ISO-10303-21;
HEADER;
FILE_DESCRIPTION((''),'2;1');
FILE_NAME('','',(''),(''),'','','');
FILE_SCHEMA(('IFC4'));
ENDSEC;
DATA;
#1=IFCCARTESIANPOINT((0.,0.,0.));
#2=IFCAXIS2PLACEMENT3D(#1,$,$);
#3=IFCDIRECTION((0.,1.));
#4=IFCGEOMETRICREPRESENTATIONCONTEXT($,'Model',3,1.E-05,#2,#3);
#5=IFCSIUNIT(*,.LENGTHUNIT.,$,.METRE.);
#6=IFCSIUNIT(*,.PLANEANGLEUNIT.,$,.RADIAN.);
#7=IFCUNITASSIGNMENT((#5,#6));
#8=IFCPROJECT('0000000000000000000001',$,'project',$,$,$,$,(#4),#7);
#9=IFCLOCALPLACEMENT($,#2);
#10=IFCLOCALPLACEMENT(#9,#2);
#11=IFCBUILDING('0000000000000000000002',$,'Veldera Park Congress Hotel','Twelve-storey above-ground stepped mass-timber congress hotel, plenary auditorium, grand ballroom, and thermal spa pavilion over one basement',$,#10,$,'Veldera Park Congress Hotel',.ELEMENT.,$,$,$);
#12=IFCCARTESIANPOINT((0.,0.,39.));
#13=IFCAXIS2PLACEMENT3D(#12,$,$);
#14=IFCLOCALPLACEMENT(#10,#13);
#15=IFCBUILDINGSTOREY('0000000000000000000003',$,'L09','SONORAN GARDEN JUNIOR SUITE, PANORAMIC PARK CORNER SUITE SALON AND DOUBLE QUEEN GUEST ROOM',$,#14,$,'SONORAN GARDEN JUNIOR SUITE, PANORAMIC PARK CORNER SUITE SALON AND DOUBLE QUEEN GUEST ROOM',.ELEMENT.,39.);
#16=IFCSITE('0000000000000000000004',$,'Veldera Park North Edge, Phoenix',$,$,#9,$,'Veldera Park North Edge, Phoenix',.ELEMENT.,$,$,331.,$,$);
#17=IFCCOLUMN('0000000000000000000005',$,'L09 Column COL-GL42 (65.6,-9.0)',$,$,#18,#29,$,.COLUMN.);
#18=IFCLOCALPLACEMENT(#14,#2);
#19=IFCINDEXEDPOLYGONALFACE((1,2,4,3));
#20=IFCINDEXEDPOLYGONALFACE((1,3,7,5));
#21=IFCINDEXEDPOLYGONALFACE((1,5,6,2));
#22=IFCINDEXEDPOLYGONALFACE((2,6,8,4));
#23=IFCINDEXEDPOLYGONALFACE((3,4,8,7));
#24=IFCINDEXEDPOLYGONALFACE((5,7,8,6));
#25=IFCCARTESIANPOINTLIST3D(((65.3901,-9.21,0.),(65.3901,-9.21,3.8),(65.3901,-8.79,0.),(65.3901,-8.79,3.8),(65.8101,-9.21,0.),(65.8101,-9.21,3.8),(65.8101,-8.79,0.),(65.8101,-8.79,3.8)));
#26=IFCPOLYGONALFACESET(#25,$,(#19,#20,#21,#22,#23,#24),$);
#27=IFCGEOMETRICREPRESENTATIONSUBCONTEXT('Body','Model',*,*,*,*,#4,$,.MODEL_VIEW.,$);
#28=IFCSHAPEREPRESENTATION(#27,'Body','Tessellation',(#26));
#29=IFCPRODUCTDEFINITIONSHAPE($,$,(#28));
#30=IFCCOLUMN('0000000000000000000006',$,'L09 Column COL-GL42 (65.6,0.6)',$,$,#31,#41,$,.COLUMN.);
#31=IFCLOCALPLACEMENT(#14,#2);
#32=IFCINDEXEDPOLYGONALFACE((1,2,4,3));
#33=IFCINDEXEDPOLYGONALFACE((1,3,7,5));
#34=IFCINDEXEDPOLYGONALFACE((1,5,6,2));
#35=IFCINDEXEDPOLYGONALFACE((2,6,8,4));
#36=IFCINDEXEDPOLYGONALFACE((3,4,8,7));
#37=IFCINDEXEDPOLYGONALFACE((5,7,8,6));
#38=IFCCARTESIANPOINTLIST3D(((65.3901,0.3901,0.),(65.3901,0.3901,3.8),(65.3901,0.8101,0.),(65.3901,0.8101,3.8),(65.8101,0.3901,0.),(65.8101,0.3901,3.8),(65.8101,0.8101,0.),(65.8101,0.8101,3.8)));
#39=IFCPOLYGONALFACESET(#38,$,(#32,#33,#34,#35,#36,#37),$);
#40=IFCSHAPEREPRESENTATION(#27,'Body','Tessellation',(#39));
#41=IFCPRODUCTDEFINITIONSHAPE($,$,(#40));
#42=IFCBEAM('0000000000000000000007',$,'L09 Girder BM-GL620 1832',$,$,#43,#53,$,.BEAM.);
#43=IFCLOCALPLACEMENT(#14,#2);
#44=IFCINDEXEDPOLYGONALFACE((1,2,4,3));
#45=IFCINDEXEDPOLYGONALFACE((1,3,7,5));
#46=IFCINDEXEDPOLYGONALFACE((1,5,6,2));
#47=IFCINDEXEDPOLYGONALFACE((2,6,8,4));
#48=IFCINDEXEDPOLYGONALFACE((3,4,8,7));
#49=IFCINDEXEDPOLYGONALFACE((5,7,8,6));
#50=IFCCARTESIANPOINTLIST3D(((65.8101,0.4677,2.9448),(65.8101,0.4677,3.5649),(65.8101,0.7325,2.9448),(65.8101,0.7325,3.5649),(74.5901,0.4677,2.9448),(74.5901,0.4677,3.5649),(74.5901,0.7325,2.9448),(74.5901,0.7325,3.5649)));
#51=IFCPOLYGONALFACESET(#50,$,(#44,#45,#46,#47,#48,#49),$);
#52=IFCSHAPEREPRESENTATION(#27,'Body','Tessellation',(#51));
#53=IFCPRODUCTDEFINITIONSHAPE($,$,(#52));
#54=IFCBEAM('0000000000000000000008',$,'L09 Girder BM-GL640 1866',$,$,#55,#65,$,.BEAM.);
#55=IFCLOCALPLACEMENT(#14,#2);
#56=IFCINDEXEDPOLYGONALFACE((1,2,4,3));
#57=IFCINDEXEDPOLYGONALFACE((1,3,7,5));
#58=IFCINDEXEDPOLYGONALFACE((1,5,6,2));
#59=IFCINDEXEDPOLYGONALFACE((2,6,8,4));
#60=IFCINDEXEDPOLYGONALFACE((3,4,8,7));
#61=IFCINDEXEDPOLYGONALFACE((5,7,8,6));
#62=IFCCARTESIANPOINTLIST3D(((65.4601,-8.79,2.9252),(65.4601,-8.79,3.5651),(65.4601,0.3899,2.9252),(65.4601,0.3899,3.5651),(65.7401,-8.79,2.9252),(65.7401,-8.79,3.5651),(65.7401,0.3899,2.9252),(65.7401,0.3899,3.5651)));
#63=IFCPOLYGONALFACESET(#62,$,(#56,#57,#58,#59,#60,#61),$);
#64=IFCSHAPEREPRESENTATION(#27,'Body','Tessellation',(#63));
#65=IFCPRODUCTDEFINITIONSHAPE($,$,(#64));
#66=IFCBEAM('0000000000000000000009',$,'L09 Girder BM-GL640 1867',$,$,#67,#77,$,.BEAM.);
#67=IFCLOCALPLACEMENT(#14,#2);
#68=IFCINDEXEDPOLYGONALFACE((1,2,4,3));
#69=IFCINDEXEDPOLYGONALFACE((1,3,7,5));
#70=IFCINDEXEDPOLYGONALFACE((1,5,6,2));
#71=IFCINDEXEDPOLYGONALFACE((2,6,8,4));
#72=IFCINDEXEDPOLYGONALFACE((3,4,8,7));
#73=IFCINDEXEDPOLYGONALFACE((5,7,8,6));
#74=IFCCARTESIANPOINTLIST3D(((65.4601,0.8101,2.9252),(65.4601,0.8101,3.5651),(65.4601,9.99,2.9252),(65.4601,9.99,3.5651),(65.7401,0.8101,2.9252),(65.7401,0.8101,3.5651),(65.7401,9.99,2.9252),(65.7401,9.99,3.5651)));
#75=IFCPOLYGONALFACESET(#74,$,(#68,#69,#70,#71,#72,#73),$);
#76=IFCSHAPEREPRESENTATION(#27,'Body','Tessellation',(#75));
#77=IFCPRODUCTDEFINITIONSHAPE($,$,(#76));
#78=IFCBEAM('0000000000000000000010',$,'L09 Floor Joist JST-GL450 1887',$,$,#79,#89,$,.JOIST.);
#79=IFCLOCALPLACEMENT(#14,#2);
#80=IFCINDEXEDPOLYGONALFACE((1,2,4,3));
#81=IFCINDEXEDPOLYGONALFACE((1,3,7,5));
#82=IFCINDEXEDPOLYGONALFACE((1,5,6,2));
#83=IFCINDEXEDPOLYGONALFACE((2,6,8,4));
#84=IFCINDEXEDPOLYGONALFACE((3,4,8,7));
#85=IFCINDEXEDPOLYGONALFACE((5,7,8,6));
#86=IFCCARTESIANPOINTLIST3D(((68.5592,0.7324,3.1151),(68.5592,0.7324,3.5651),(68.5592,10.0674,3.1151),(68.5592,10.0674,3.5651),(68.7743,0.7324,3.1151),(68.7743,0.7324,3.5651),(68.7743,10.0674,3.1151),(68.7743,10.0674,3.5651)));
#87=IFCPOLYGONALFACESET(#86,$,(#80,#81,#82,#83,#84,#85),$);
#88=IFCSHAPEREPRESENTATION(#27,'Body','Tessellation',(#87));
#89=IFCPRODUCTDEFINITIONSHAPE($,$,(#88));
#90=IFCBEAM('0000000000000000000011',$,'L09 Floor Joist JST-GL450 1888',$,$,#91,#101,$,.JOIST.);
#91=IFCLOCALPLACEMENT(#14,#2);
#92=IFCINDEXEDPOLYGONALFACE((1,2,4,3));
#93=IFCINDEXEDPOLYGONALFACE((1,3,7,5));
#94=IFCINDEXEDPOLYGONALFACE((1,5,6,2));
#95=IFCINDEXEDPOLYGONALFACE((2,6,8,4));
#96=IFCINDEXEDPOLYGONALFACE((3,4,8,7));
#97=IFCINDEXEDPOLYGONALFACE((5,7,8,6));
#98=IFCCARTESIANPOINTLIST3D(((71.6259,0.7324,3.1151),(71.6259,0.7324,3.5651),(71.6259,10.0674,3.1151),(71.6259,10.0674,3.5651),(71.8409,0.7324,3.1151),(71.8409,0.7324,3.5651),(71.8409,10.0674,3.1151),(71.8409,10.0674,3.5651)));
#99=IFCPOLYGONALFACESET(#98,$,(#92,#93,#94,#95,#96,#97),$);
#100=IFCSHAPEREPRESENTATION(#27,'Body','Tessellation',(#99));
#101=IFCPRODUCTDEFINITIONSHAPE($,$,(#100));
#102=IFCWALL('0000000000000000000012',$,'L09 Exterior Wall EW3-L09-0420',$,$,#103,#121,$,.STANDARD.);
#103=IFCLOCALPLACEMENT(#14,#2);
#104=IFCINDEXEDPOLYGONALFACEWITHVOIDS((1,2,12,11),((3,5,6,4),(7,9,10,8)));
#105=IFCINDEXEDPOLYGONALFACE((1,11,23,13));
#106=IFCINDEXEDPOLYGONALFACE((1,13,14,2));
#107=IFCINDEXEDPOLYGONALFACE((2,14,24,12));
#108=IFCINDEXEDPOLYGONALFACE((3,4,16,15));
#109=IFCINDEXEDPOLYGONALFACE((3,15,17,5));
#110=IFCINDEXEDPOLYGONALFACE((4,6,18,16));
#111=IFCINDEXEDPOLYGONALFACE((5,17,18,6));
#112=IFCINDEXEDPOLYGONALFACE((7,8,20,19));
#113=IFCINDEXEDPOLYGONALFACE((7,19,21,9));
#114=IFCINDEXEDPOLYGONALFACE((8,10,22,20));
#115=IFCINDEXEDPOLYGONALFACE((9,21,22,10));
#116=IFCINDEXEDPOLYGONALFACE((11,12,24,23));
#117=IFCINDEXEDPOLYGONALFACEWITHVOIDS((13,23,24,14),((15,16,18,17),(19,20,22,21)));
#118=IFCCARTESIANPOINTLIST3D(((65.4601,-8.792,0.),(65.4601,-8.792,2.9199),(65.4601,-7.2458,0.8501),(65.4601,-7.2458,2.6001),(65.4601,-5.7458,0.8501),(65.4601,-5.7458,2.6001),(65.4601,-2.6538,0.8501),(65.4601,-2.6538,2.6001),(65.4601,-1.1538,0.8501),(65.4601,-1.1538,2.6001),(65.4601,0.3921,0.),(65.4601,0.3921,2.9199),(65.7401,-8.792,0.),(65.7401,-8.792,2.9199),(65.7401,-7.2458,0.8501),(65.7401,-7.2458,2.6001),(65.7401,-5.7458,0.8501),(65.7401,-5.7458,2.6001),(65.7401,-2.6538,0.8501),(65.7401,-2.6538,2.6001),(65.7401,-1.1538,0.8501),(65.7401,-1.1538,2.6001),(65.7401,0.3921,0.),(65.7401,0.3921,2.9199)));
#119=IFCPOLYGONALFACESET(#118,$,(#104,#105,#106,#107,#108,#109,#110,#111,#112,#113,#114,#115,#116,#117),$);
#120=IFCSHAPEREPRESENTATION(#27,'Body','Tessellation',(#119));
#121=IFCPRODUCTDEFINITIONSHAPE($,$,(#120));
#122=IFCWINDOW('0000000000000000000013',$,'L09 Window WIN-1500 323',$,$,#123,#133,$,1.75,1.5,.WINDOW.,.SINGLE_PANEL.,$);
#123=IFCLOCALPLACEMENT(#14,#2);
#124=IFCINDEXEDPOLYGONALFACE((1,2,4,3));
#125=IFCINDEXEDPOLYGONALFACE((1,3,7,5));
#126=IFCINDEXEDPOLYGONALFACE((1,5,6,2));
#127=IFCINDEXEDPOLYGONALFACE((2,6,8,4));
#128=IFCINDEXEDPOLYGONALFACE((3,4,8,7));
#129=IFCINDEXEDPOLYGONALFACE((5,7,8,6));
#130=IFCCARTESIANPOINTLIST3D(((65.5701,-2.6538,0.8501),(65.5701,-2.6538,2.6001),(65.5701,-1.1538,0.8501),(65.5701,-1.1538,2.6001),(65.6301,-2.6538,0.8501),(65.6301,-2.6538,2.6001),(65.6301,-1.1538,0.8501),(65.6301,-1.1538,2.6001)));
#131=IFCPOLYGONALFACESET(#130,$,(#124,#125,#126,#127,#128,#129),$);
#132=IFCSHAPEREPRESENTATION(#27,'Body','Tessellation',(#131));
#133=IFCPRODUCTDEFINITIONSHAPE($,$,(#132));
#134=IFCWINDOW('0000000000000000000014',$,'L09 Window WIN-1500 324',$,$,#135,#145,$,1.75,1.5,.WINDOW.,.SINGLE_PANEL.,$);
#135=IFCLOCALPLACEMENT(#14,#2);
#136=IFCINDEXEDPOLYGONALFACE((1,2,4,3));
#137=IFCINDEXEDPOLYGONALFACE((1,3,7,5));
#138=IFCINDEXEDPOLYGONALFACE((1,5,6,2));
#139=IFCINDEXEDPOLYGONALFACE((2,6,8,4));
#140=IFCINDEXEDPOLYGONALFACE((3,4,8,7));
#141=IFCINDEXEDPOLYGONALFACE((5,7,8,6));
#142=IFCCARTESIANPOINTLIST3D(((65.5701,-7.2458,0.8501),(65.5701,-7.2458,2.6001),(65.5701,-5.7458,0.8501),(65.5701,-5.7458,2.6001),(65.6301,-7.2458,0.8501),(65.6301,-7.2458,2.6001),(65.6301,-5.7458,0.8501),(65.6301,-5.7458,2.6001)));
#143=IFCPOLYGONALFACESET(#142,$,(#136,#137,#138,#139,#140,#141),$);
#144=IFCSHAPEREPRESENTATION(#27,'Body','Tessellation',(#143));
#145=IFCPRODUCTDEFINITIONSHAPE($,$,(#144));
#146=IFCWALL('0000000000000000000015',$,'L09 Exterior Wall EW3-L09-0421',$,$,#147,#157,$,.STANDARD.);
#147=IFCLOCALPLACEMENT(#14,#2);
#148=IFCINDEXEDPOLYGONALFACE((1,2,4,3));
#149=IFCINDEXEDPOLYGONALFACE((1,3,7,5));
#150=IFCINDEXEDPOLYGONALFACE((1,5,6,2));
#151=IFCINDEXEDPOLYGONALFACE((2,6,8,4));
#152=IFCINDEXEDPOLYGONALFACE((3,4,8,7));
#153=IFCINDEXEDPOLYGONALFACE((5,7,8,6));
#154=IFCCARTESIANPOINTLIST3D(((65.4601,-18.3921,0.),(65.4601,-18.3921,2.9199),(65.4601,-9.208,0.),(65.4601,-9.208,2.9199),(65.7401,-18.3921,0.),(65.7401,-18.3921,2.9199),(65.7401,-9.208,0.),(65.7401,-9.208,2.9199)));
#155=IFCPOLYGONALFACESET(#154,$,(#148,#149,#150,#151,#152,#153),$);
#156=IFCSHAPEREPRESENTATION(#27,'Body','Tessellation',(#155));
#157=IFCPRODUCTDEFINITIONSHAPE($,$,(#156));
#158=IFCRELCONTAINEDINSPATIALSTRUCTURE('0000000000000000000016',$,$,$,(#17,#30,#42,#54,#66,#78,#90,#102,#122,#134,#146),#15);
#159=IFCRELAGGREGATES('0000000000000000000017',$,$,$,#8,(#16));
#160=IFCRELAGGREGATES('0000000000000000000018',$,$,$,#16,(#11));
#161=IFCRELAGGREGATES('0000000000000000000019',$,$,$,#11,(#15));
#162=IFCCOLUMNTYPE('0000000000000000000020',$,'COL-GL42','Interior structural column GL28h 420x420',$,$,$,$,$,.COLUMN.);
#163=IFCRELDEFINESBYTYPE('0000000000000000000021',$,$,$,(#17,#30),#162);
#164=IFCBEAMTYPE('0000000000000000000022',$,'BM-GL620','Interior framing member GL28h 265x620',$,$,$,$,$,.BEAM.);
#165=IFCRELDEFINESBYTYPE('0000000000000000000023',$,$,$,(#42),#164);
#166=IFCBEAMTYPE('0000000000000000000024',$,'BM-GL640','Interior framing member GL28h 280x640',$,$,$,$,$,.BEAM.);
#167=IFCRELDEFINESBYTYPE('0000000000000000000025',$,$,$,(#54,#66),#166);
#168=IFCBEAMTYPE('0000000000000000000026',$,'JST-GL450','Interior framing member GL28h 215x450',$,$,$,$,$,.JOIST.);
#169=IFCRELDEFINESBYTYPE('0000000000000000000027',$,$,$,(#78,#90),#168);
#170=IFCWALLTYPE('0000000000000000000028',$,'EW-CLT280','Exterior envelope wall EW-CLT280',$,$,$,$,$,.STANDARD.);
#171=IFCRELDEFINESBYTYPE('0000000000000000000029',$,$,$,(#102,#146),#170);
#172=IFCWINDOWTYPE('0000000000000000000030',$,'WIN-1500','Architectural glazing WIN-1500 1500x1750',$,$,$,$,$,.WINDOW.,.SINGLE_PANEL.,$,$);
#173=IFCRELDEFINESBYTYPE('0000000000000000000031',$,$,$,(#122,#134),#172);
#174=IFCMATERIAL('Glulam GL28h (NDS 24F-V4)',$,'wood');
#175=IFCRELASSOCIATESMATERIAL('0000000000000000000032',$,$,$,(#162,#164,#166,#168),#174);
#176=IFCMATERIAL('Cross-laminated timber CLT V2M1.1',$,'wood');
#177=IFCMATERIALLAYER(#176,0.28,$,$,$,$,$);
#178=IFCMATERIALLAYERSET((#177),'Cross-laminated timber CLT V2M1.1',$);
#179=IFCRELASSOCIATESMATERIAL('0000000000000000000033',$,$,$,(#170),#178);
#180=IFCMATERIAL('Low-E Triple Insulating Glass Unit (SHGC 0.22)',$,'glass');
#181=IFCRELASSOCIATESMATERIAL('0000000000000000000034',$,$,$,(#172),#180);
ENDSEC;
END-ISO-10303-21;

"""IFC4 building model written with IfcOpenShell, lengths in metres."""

from ifc_helpers import new_model, si_unit, direction, frame, frame_2d, origin, origin_2d, place, context, subcontext, project, spatial, rectangle, extrude, material, layer, layer_set, material_profile, profile_set, type_object, element, fill, save


model = new_model("IFC4")

# Units and contexts
model_context = context("Model", 3, precision=1e-05, world=origin(), true_north=direction((0.0, 1.0)))
body_context = subcontext(model_context, "Body", "Model", "MODEL_VIEW")
ifc_project = project(units=[si_unit("LENGTHUNIT", "METRE"), si_unit("PLANEANGLEUNIT", "RADIAN")], contexts=[model_context])

# Site, building, storey
site_placement = place(None, origin())
site = spatial("IfcSite", under=ifc_project, at=site_placement, Name="Veldera Park North Edge, Phoenix", LongName="Veldera Park North Edge, Phoenix", CompositionType="ELEMENT", RefElevation=331.0)
building_placement = place(site_placement, origin())
building = spatial("IfcBuilding", under=site, at=building_placement, Name="Veldera Park Congress Hotel", Description="Twelve-storey above-ground stepped mass-timber congress hotel, plenary auditorium, grand ballroom, and thermal spa pavilion over one basement", LongName="Veldera Park Congress Hotel", CompositionType="ELEMENT")
storey_placement = place(building_placement, frame((0.0, 0.0, 39.0)))
storey = spatial("IfcBuildingStorey", under=building, at=storey_placement, Name="L09", Description="SONORAN GARDEN JUNIOR SUITE, PANORAMIC PARK CORNER SUITE SALON AND DOUBLE QUEEN GUEST ROOM", LongName="SONORAN GARDEN JUNIOR SUITE, PANORAMIC PARK CORNER SUITE SALON AND DOUBLE QUEEN GUEST ROOM", CompositionType="ELEMENT", Elevation=39.0)

# Columns
ifc_material_1 = material(Name="Glulam GL28h (NDS 24F-V4)", Category="wood")
ifc_material_profile_1 = material_profile(ifc_material_1, rectangle(XDim=0.4199, YDim=0.4199, at=origin_2d()), Name="GL28h 420x420")
ifc_profile_set_1 = profile_set([ifc_material_profile_1], Name="Glulam GL28h (NDS 24F-V4)")
column_type = type_object("IfcColumnType", Name="COL-GL42", Description="Interior structural column GL28h 420x420", PredefinedType="COLUMN", material=ifc_profile_set_1)
for number, where, z_axis, x_axis, name in (
    (1, (65.6001, -9.0, 0.0), (0.0, 0.0, 1.0), (1.0, 0.0, 0.0), "L09 Column COL-GL42 (65.6,-9.0)"),
    (2, (65.6001, 0.6001, 0.0), (0.0, 0.0, 1.0), (1.0, 0.0, 0.0), "L09 Column COL-GL42 (65.6,0.6)"),
):
    element("IfcColumn", number, at=place(storey_placement, frame(where, z_axis=z_axis, x_axis=x_axis)), inside=storey, type_object=column_type, Name=name, PredefinedType="COLUMN", context=body_context, shape_type="SweptSolid", body=[
        extrude(rectangle(XDim=0.4199, YDim=0.4199, at=origin_2d()), origin(), (0.0, 0.0, 1.0), 3.8),
    ])

# Beams
ifc_material_profile_2 = material_profile(ifc_material_1, rectangle(XDim=0.2649, YDim=0.6201, at=origin_2d()), Name="GL28h 265x620")
ifc_profile_set_2 = profile_set([ifc_material_profile_2], Name="Glulam GL28h (NDS 24F-V4)")
beam_type_1 = type_object("IfcBeamType", Name="BM-GL620", Description="Interior framing member GL28h 265x620", PredefinedType="BEAM", material=ifc_profile_set_2)
beam_placement = place(storey_placement, frame((65.8101, 0.6001, 3.2549), z_axis=(1.0, 0.0, 0.0), x_axis=(0.0, 1.0, 0.0)))
element("IfcBeam", 3, at=beam_placement, inside=storey, type_object=beam_type_1, Name="L09 Girder BM-GL620 1832", PredefinedType="BEAM", context=body_context, shape_type="SweptSolid", body=[
    extrude(rectangle(XDim=0.2649, YDim=0.6201, at=origin_2d()), origin(), (0.0, 0.0, 1.0), 8.78),
])
ifc_material_profile_3 = material_profile(ifc_material_1, rectangle(XDim=0.28, YDim=0.6399, at=origin_2d()), Name="GL28h 280x640")
ifc_profile_set_3 = profile_set([ifc_material_profile_3], Name="Glulam GL28h (NDS 24F-V4)")
beam_type_2 = type_object("IfcBeamType", Name="BM-GL640", Description="Interior framing member GL28h 280x640", PredefinedType="BEAM", material=ifc_profile_set_3)
for number, where, z_axis, x_axis, name in (
    (4, (65.6001, -8.79, 3.2451), (0.0, 1.0, 0.0), (-1.0, 0.0, 0.0), "L09 Girder BM-GL640 1866"),
    (5, (65.6001, 0.8101, 3.2451), (0.0, 1.0, 0.0), (-1.0, 0.0, 0.0), "L09 Girder BM-GL640 1867"),
):
    element("IfcBeam", number, at=place(storey_placement, frame(where, z_axis=z_axis, x_axis=x_axis)), inside=storey, type_object=beam_type_2, Name=name, PredefinedType="BEAM", context=body_context, shape_type="SweptSolid", body=[
        extrude(rectangle(XDim=0.28, YDim=0.6399, at=origin_2d()), origin(), (0.0, 0.0, 1.0), 9.1799),
    ])
ifc_material_profile_4 = material_profile(ifc_material_1, rectangle(XDim=0.2151, YDim=0.45, at=origin_2d()), Name="GL28h 215x450")
ifc_profile_set_4 = profile_set([ifc_material_profile_4], Name="Glulam GL28h (NDS 24F-V4)")
beam_type_3 = type_object("IfcBeamType", Name="JST-GL450", Description="Interior framing member GL28h 215x450", PredefinedType="JOIST", material=ifc_profile_set_4)
for number, where, z_axis, x_axis, name in (
    (6, (68.6667, 0.7324, 3.3401), (0.0, 1.0, 0.0), (-1.0, 0.0, 0.0), "L09 Floor Joist JST-GL450 1887"),
    (7, (71.7334, 0.7324, 3.3401), (0.0, 1.0, 0.0), (-1.0, 0.0, 0.0), "L09 Floor Joist JST-GL450 1888"),
):
    element("IfcBeam", number, at=place(storey_placement, frame(where, z_axis=z_axis, x_axis=x_axis)), inside=storey, type_object=beam_type_3, Name=name, PredefinedType="JOIST", context=body_context, shape_type="SweptSolid", body=[
        extrude(rectangle(XDim=0.2151, YDim=0.45, at=origin_2d()), origin(), (0.0, 0.0, 1.0), 9.335),
    ])

# Wall, openings, windows
ifc_material_2 = material(Name="Cross-laminated timber CLT V2M1.1", Category="wood")
ifc_layer_1 = layer(ifc_material_2, 0.28)
ifc_layer_set_1 = layer_set([ifc_layer_1], Name="Cross-laminated timber CLT V2M1.1")
wall_type_1 = type_object("IfcWallType", Name="EW-CLT280", Description="Exterior envelope wall EW-CLT280", PredefinedType="STANDARD", material=ifc_layer_set_1)
wall_1_placement = place(storey_placement, frame((65.6001, 0.3921, 0.0), z_axis=(0.0, 0.0, 1.0), x_axis=(0.0, -1.0, 0.0)))
wall_1 = element("IfcWall", 8, at=wall_1_placement, inside=storey, type_object=wall_type_1, Name="L09 Exterior Wall EW3-L09-0420", PredefinedType="STANDARD", context=body_context, shape_type="SweptSolid", body=[
    extrude(rectangle(XDim=9.1841, YDim=0.28, at=frame_2d((4.592, 0.0))), origin(), (0.0, 0.0, 1.0), 2.9199),
])
opening_1_placement = place(wall_1_placement, frame((1.5459, 0.0, 0.8501)))
opening_1 = element("IfcOpeningElement", 9, at=opening_1_placement, cuts=wall_1, PredefinedType="OPENING", context=body_context, shape_type="SweptSolid", body=[
    extrude(rectangle(XDim=1.5, YDim=1.75, at=frame_2d((0.75, 0.875))), frame((0.0, 0.1521, 0.0), z_axis=(0.0, -1.0, 0.0), x_axis=(1.0, 0.0, 0.0)), (0.0, 0.0, 1.0), 0.304),
])
opening_2_placement = place(wall_1_placement, frame((6.1379, 0.0, 0.8501)))
opening_2 = element("IfcOpeningElement", 10, at=opening_2_placement, cuts=wall_1, PredefinedType="OPENING", context=body_context, shape_type="SweptSolid", body=[
    extrude(rectangle(XDim=1.5, YDim=1.75, at=frame_2d((0.75, 0.875))), frame((0.0, 0.1521, 0.0), z_axis=(0.0, -1.0, 0.0), x_axis=(1.0, 0.0, 0.0)), (0.0, 0.0, 1.0), 0.304),
])
ifc_material_3 = material(Name="Low-E Triple Insulating Glass Unit (SHGC 0.22)", Category="glass")
window_type = type_object("IfcWindowType", Name="WIN-1500", Description="Architectural glazing WIN-1500 1500x1750", PartitioningType="SINGLE_PANEL", PredefinedType="WINDOW", material=ifc_material_3)
window_1_placement = place(opening_1_placement, origin())
window_1 = element("IfcWindow", 11, at=window_1_placement, inside=storey, type_object=window_type, Name="L09 Window WIN-1500 323", OverallHeight=1.75, OverallWidth=1.5, PartitioningType="SINGLE_PANEL", PredefinedType="WINDOW", context=body_context, shape_type="SweptSolid", body=[
    extrude(rectangle(XDim=1.5, YDim=1.75, at=frame_2d((0.75, 0.875))), frame((0.0, 0.03, 0.0), z_axis=(0.0, -1.0, 0.0), x_axis=(1.0, 0.0, 0.0)), (0.0, 0.0, 1.0), 0.0601),
])
fill(opening_1, window_1)
window_2_placement = place(opening_2_placement, origin())
window_2 = element("IfcWindow", 12, at=window_2_placement, inside=storey, type_object=window_type, Name="L09 Window WIN-1500 324", OverallHeight=1.75, OverallWidth=1.5, PartitioningType="SINGLE_PANEL", PredefinedType="WINDOW", context=body_context, shape_type="SweptSolid", body=[
    extrude(rectangle(XDim=1.5, YDim=1.75, at=frame_2d((0.75, 0.875))), frame((0.0, 0.03, 0.0), z_axis=(0.0, -1.0, 0.0), x_axis=(1.0, 0.0, 0.0)), (0.0, 0.0, 1.0), 0.0601),
])
fill(opening_2, window_2)

# Wall
wall_2_placement = place(storey_placement, frame((65.6001, -9.208, 0.0), z_axis=(0.0, 0.0, 1.0), x_axis=(0.0, -1.0, 0.0)))
element("IfcWall", 13, at=wall_2_placement, inside=storey, type_object=wall_type_1, Name="L09 Exterior Wall EW3-L09-0421", PredefinedType="STANDARD", context=body_context, shape_type="SweptSolid", body=[
    extrude(rectangle(XDim=9.1841, YDim=0.28, at=frame_2d((4.592, 0.0))), origin(), (0.0, 0.0, 1.0), 2.9199),
])

save(model, "model.ifc")
